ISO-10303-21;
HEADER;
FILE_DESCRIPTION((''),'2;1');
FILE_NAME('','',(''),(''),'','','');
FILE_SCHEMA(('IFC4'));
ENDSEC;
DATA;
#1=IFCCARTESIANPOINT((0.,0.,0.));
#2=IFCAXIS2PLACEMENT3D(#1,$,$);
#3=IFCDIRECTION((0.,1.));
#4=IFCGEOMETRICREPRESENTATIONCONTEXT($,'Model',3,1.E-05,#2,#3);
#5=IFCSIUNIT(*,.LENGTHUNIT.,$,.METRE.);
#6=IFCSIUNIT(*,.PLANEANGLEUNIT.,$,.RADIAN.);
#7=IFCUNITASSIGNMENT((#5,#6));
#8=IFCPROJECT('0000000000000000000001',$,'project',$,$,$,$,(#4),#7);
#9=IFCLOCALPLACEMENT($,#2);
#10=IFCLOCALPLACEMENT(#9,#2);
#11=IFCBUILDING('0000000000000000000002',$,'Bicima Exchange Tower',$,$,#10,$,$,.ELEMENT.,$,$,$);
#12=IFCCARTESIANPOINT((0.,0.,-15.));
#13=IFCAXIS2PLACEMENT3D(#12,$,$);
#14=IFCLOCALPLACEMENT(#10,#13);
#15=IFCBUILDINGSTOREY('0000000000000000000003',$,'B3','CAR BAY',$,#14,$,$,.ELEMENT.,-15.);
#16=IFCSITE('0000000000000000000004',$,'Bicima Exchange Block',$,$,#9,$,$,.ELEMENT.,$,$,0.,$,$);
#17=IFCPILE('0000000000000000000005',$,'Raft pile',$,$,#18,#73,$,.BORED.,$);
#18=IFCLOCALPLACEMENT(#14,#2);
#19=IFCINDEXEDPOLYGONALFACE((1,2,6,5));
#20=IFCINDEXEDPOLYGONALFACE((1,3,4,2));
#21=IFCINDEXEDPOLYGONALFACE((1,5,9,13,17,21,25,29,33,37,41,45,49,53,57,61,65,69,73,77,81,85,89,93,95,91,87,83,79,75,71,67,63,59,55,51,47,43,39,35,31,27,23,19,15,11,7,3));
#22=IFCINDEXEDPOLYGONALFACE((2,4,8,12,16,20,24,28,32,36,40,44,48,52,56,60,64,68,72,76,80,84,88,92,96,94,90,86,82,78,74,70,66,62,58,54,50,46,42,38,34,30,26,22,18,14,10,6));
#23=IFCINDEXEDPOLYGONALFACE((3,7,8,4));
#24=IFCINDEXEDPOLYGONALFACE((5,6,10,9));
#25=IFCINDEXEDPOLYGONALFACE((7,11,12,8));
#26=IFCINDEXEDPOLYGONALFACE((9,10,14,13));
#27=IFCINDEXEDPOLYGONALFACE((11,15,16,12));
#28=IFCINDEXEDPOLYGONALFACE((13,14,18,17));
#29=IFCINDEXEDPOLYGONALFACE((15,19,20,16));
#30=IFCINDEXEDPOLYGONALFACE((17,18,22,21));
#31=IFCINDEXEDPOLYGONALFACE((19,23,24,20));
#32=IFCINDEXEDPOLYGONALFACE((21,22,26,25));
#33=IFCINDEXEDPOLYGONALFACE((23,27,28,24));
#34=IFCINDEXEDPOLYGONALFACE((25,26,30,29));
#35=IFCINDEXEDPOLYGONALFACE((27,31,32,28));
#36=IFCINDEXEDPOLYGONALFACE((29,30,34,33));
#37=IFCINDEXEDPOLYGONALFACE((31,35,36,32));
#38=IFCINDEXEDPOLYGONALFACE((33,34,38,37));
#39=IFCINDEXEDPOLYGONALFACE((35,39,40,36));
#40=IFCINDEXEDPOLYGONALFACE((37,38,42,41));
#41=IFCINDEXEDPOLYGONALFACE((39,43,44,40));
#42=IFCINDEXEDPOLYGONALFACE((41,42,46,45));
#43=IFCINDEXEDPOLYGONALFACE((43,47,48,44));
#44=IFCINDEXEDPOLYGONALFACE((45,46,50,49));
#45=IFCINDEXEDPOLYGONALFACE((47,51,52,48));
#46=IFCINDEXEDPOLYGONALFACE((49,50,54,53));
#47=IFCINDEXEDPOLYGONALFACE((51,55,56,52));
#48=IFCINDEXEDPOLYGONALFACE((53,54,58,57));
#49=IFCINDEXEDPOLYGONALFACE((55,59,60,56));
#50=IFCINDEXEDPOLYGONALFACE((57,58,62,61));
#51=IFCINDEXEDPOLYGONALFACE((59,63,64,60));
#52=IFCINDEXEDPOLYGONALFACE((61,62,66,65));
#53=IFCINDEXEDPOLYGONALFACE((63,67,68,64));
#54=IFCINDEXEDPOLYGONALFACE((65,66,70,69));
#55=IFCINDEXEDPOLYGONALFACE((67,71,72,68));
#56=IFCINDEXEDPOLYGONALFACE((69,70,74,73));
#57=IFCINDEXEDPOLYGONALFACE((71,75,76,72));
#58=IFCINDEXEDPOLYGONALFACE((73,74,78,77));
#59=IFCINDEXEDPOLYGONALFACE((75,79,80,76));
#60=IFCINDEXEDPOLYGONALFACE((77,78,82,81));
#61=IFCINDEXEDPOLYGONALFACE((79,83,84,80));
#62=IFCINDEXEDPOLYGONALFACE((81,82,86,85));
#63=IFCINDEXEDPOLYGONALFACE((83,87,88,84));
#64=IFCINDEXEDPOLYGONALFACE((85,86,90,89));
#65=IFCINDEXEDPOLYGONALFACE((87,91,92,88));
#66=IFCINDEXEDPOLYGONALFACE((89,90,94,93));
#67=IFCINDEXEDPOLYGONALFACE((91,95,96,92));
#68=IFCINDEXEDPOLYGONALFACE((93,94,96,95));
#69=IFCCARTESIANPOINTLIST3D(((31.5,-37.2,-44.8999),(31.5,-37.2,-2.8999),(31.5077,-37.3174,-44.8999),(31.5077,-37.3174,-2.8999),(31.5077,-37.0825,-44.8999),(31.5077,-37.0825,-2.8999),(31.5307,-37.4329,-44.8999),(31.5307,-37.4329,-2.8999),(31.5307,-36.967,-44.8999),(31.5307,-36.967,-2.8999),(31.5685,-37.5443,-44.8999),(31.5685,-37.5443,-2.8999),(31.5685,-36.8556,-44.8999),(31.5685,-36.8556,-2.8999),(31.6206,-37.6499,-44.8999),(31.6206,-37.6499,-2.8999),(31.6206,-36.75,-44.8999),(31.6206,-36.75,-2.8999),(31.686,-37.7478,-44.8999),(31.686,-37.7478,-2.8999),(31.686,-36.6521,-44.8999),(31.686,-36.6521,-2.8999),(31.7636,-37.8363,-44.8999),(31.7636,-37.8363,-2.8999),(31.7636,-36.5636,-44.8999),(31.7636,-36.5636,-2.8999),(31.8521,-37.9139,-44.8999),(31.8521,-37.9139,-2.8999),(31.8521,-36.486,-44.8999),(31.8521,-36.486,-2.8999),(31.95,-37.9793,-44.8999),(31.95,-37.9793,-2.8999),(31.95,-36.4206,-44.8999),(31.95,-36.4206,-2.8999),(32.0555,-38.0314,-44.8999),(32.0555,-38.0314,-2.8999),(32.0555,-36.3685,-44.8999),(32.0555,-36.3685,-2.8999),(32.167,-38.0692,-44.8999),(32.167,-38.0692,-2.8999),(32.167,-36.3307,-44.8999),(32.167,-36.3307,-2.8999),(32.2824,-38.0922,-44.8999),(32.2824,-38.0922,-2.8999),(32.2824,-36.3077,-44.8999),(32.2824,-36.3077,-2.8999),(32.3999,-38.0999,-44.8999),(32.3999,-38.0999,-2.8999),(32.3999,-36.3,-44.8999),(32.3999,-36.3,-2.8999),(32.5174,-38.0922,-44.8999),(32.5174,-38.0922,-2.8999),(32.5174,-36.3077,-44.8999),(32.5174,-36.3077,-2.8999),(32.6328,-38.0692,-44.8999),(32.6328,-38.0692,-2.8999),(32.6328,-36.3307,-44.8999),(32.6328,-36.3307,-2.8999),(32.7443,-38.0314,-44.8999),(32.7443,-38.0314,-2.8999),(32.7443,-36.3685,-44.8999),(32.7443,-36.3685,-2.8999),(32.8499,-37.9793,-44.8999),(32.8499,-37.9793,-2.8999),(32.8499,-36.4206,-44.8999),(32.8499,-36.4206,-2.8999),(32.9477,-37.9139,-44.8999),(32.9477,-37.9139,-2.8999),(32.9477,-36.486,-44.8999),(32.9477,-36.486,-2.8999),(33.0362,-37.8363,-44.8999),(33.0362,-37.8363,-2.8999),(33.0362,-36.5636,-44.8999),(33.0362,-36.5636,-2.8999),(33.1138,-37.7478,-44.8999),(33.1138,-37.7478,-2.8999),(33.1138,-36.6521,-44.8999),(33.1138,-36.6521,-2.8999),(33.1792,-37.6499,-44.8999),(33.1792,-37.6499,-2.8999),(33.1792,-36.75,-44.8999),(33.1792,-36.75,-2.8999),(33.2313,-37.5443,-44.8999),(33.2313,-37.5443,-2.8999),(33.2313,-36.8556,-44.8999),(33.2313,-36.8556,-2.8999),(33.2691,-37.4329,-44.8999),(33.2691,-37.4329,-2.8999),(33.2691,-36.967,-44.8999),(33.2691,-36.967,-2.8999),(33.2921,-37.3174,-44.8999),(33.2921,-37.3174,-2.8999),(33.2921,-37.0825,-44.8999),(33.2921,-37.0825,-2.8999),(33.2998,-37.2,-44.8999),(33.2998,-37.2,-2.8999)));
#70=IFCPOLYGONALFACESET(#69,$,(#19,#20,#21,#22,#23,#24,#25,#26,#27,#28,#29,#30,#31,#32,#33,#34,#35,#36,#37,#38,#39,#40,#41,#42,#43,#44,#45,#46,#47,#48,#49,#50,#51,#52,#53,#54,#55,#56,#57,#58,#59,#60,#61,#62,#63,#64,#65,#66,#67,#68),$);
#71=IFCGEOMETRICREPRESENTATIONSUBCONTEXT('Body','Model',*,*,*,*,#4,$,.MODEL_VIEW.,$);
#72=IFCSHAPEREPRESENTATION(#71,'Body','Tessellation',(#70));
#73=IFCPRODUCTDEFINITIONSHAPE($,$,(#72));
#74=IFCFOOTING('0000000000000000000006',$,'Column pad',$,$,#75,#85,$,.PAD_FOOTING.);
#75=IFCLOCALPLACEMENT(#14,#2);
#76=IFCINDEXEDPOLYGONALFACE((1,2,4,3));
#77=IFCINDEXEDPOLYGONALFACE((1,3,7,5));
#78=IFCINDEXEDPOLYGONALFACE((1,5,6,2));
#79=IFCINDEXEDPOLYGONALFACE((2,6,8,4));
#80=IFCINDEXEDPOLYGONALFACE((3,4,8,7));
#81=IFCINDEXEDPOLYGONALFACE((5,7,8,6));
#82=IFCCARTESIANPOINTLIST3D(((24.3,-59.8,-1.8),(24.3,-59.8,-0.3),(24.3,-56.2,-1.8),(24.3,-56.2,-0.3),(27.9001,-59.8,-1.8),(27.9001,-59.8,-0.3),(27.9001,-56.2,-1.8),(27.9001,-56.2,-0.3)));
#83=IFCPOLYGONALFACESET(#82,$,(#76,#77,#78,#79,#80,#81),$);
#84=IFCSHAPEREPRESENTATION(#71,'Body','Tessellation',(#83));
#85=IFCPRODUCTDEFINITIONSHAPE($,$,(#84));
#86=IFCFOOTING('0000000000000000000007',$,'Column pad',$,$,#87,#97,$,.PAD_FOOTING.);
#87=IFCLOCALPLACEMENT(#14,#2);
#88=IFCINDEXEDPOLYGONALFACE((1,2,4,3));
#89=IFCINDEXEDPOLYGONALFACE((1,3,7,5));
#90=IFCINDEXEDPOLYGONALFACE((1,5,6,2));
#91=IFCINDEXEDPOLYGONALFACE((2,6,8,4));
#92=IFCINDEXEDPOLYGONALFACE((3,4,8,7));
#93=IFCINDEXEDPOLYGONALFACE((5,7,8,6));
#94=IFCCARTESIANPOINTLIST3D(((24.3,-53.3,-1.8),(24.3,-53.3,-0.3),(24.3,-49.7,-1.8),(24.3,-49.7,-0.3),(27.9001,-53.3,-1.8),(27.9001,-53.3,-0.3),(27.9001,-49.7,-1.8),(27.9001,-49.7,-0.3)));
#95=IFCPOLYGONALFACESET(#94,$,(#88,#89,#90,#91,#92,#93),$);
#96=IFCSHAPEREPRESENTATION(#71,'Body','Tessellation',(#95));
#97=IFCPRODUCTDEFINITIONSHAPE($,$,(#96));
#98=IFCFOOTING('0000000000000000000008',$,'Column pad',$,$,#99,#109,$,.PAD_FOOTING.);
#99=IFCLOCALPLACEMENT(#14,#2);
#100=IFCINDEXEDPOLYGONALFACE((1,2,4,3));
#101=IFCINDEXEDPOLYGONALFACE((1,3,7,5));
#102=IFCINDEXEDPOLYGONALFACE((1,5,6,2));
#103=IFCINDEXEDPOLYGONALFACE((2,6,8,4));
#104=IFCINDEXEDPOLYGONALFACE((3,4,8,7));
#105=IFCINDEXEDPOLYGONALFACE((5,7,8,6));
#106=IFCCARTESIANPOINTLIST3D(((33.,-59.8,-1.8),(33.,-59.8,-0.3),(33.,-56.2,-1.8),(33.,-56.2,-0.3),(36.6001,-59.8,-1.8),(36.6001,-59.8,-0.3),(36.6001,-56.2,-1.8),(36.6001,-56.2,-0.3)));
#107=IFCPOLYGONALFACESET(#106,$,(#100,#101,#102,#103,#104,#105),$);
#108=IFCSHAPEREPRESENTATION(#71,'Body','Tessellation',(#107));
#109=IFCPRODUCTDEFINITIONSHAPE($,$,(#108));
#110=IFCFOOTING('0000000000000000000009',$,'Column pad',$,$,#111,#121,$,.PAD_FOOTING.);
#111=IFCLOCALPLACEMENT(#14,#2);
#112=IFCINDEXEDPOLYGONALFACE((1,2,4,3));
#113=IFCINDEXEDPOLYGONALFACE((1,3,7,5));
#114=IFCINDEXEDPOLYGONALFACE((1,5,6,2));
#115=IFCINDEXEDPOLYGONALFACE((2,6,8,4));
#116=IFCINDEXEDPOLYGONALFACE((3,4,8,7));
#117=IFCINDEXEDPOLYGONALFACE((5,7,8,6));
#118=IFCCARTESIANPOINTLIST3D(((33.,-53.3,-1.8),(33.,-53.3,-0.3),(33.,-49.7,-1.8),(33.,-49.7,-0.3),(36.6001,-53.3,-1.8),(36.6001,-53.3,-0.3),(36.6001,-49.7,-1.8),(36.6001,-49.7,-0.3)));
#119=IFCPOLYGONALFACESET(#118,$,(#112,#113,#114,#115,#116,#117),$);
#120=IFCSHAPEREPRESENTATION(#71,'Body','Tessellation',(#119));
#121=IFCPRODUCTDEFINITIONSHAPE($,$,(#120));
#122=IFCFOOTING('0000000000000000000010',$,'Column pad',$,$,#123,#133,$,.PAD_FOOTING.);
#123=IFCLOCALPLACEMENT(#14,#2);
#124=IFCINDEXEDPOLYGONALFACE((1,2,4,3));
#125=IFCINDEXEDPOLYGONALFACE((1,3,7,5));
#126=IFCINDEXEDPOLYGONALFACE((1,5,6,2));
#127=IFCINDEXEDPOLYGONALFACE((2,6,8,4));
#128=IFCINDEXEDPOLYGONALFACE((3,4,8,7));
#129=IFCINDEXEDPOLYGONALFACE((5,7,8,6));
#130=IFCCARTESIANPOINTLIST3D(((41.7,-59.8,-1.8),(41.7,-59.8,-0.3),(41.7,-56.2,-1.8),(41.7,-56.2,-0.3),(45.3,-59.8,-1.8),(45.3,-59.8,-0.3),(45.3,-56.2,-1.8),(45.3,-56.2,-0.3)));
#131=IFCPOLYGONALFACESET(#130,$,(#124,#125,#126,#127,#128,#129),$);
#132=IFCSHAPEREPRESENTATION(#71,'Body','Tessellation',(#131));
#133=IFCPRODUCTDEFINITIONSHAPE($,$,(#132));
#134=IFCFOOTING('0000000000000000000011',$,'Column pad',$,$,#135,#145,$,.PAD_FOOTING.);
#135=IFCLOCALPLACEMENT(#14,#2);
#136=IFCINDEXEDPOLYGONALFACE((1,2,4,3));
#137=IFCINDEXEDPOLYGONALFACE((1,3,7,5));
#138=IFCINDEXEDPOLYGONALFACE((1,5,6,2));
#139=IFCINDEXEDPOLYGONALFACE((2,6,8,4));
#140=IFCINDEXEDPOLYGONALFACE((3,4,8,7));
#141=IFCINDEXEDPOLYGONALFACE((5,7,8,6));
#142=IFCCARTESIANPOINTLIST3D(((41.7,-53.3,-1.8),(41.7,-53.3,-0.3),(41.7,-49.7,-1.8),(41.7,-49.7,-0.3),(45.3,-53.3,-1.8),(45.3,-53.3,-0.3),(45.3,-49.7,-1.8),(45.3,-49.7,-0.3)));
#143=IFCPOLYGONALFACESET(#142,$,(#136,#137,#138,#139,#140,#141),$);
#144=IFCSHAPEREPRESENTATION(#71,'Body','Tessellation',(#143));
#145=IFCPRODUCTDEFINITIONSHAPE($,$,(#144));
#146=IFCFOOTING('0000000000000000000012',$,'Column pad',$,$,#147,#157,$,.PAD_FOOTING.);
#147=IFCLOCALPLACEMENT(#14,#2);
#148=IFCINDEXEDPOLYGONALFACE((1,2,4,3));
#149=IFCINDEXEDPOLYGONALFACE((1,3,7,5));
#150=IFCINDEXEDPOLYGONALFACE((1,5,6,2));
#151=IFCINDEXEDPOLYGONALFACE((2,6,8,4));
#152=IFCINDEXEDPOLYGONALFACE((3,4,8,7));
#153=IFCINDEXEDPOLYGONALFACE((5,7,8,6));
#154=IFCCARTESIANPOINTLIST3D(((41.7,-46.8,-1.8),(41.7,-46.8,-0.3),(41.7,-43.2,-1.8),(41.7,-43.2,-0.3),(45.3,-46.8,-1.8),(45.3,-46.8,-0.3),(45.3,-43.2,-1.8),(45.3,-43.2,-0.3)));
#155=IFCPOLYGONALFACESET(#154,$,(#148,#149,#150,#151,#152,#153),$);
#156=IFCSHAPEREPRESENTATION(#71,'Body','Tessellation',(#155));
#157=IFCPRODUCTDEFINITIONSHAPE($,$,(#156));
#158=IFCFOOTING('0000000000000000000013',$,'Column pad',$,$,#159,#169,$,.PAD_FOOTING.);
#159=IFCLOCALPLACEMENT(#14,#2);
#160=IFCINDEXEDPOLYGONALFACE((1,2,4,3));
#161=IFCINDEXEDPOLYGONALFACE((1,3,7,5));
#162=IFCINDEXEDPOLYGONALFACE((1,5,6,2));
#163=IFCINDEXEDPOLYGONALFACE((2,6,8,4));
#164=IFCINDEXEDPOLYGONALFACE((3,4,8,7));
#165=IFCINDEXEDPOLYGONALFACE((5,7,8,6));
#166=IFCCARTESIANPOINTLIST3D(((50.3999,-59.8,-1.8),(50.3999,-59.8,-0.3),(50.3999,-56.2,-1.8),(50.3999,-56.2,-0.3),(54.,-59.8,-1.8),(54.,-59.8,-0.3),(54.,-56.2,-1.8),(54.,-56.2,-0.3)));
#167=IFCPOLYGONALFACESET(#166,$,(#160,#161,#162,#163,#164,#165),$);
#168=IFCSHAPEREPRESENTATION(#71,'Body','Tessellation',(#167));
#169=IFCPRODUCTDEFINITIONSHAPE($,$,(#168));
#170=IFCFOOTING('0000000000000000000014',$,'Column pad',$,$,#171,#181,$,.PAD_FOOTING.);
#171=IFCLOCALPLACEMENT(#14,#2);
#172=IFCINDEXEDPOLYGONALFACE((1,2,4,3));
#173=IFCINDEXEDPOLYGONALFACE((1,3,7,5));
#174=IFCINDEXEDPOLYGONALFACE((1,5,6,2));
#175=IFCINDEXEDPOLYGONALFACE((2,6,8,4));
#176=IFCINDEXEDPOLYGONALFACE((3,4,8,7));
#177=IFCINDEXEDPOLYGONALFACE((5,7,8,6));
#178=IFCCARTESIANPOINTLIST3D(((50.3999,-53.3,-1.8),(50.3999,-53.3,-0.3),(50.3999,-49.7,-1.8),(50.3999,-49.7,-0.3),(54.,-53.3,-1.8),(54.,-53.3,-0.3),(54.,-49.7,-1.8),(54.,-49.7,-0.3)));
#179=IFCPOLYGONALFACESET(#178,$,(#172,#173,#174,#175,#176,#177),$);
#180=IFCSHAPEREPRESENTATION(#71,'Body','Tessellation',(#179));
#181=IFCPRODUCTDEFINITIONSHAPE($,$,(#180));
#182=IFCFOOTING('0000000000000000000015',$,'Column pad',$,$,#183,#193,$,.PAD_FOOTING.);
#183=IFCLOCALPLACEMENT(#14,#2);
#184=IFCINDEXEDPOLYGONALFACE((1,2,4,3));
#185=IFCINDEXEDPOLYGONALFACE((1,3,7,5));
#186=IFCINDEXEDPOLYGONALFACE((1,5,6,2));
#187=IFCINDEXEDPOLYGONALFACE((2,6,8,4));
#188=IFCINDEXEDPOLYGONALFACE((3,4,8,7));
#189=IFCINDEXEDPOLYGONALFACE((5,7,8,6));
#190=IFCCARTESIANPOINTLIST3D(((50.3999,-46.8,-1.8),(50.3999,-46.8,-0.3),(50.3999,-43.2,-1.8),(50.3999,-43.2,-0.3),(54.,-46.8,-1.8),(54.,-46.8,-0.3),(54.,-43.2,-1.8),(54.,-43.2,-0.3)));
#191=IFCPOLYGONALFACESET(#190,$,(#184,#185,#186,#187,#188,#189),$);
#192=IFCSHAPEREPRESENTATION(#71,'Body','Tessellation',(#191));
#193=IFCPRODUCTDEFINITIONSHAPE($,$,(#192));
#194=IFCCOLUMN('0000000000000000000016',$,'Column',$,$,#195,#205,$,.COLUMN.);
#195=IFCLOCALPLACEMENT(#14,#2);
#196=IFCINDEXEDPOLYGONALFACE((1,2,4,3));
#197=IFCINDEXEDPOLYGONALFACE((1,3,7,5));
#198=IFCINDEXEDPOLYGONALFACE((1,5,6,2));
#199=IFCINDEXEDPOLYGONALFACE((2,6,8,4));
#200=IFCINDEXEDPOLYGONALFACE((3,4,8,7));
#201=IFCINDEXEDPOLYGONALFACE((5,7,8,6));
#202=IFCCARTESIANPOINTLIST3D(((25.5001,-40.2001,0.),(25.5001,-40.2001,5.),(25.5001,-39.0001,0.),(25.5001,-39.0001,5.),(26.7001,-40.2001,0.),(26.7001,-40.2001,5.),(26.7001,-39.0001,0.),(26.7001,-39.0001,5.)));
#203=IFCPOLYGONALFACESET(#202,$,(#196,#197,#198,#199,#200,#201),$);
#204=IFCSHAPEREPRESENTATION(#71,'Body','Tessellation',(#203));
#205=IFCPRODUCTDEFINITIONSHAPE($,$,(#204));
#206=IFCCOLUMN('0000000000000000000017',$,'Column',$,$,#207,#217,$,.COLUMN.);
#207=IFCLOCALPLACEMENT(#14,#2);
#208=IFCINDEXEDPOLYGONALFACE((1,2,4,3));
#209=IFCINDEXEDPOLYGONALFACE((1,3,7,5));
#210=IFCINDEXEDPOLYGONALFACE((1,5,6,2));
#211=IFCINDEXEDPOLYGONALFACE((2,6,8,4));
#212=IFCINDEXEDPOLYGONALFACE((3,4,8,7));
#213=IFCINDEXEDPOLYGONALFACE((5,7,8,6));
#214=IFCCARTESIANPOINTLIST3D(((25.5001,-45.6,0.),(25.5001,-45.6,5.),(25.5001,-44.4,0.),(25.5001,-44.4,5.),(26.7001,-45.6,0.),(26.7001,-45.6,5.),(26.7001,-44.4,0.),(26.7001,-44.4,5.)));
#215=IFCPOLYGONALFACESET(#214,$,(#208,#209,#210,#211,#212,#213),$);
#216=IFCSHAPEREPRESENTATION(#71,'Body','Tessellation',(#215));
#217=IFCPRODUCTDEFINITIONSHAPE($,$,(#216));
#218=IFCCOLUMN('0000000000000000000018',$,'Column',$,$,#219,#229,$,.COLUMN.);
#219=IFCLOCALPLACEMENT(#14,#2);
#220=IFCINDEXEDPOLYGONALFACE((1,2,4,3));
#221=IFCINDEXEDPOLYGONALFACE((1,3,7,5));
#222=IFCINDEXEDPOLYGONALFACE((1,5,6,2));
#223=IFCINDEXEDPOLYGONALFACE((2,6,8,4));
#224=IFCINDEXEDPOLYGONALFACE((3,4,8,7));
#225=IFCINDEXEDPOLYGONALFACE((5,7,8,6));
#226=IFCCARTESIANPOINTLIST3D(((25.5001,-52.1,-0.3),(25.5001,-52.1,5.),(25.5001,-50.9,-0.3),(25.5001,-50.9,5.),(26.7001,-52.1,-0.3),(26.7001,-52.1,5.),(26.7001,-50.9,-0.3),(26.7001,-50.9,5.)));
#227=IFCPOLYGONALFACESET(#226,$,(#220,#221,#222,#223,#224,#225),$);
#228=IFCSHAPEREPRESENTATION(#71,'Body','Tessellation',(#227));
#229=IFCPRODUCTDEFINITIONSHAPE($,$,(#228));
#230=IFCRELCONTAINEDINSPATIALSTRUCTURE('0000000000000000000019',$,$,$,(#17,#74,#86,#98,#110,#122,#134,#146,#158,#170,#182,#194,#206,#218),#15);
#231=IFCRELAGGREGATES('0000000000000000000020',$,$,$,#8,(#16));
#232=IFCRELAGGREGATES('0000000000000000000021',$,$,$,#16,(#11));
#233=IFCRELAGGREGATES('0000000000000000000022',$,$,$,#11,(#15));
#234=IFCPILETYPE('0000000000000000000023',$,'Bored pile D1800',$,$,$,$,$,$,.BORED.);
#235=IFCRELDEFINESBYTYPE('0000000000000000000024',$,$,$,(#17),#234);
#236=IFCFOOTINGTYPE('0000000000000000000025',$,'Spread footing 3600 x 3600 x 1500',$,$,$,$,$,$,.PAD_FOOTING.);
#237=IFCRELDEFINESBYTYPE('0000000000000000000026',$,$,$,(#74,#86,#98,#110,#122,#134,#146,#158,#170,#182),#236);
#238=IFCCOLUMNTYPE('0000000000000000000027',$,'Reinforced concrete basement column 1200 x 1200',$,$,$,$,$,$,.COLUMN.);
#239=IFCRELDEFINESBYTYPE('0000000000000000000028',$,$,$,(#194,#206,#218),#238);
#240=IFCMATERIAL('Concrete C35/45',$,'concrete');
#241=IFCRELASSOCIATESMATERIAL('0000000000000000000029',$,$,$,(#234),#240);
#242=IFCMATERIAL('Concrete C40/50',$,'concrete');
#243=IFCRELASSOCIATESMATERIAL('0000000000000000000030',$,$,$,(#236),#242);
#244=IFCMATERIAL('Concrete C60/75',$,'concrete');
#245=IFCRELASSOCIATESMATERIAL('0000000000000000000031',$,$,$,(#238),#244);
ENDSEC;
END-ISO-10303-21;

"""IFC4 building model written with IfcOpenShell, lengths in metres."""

from ifc_helpers import new_model, si_unit, direction, frame, origin, origin_2d, place, context, subcontext, project, spatial, rectangle, circle, extrude, material, material_profile, profile_set, type_object, element, save


model = new_model("IFC4")

# Units and contexts
model_context = context("Model", 3, precision=1e-05, world=origin(), true_north=direction((0.0, 1.0)))
body_context = subcontext(model_context, "Body", "Model", "MODEL_VIEW")
ifc_project = project(units=[si_unit("LENGTHUNIT", "METRE"), si_unit("PLANEANGLEUNIT", "RADIAN")], contexts=[model_context])

# Site, building, storey
site_placement = place(None, origin())
site = spatial("IfcSite", under=ifc_project, at=site_placement, Name="Bicima Exchange Block", CompositionType="ELEMENT", RefElevation=0.0)
building_placement = place(site_placement, origin())
building = spatial("IfcBuilding", under=site, at=building_placement, Name="Bicima Exchange Tower", CompositionType="ELEMENT")
storey_placement = place(building_placement, frame((0.0, 0.0, -15.0)))
storey = spatial("IfcBuildingStorey", under=building, at=storey_placement, Name="B3", Description="CAR BAY", CompositionType="ELEMENT", Elevation=-15.0)

# Pile
ifc_material_1 = material(Name="Concrete C35/45", Category="concrete")
ifc_material_profile_1 = material_profile(ifc_material_1, circle(Radius=0.8999, at=origin_2d()))
ifc_profile_set_1 = profile_set([ifc_material_profile_1], Name="Concrete C35/45")
pile_type = type_object("IfcPileType", Name="Bored pile D1800", PredefinedType="BORED", material=ifc_profile_set_1)
for number, where, z_axis, x_axis, name in (
    (1, (32.3999, -37.2, -2.8999), (0.0, 0.0, -1.0), (1.0, 0.0, 0.0), "Raft pile"),
):
    element("IfcPile", number, at=place(storey_placement, frame(where, z_axis=z_axis, x_axis=x_axis)), inside=storey, type_object=pile_type, Name=name, PredefinedType="BORED", context=body_context, shape_type="SweptSolid", body=[
        extrude(circle(Radius=0.8999, at=origin_2d()), origin(), (0.0, 0.0, 1.0), 42.0),
    ])

# Footings
ifc_material_2 = material(Name="Concrete C40/50", Category="concrete")
footing_type = type_object("IfcFootingType", Name="Spread footing 3600 x 3600 x 1500", PredefinedType="PAD_FOOTING", material=ifc_material_2)
for number, where, z_axis, x_axis, name in (
    (2, (26.1001, -58.0, -1.8), (0.0, 0.0, 1.0), (1.0, 0.0, 0.0), "Column pad"),
    (3, (26.1001, -51.5, -1.8), (0.0, 0.0, 1.0), (1.0, 0.0, 0.0), "Column pad"),
    (4, (34.8, -58.0, -1.8), (0.0, 0.0, 1.0), (1.0, 0.0, 0.0), "Column pad"),
    (5, (34.8, -51.5, -1.8), (0.0, 0.0, 1.0), (1.0, 0.0, 0.0), "Column pad"),
    (6, (43.5, -58.0, -1.8), (0.0, 0.0, 1.0), (1.0, 0.0, 0.0), "Column pad"),
    (7, (43.5, -51.5, -1.8), (0.0, 0.0, 1.0), (1.0, 0.0, 0.0), "Column pad"),
    (8, (43.5, -45.0, -1.8), (0.0, 0.0, 1.0), (1.0, 0.0, 0.0), "Column pad"),
    (9, (52.2, -58.0, -1.8), (0.0, 0.0, 1.0), (1.0, 0.0, 0.0), "Column pad"),
    (10, (52.2, -51.5, -1.8), (0.0, 0.0, 1.0), (1.0, 0.0, 0.0), "Column pad"),
    (11, (52.2, -45.0, -1.8), (0.0, 0.0, 1.0), (1.0, 0.0, 0.0), "Column pad"),
):
    element("IfcFooting", number, at=place(storey_placement, frame(where, z_axis=z_axis, x_axis=x_axis)), inside=storey, type_object=footing_type, Name=name, PredefinedType="PAD_FOOTING", context=body_context, shape_type="SweptSolid", body=[
        extrude(rectangle(XDim=3.6001, YDim=3.6001, at=origin_2d()), origin(), (0.0, 0.0, 1.0), 1.5),
    ])

# Columns
ifc_material_3 = material(Name="Concrete C60/75", Category="concrete")
ifc_material_profile_2 = material_profile(ifc_material_3, rectangle(XDim=1.2, YDim=1.2, at=origin_2d()))
ifc_profile_set_2 = profile_set([ifc_material_profile_2], Name="Concrete C60/75")
column_type_1 = type_object("IfcColumnType", Name="Reinforced concrete basement column 1200 x 1200", PredefinedType="COLUMN", material=ifc_profile_set_2)
for number, where, z_axis, x_axis, name in (
    (12, (26.1001, -39.6001, 0.0), (0.0, 0.0, 1.0), (1.0, 0.0, 0.0), "Column"),
    (13, (26.1001, -45.0, 0.0), (0.0, 0.0, 1.0), (1.0, 0.0, 0.0), "Column"),
):
    element("IfcColumn", number, at=place(storey_placement, frame(where, z_axis=z_axis, x_axis=x_axis)), inside=storey, type_object=column_type_1, Name=name, PredefinedType="COLUMN", context=body_context, shape_type="SweptSolid", body=[
        extrude(rectangle(XDim=1.2, YDim=1.2, at=origin_2d()), origin(), (0.0, 0.0, 1.0), 5.0),
    ])
column_1_placement = place(storey_placement, frame((26.1001, -51.5, -0.3), z_axis=(0.0, 0.0, 1.0), x_axis=(1.0, 0.0, 0.0)))
element("IfcColumn", 14, at=column_1_placement, inside=storey, type_object=column_type_1, Name="Column", PredefinedType="COLUMN", context=body_context, shape_type="SweptSolid", body=[
    extrude(rectangle(XDim=1.2, YDim=1.2, at=origin_2d()), origin(), (0.0, 0.0, 1.0), 5.3),
])

save(model, "model.ifc")
